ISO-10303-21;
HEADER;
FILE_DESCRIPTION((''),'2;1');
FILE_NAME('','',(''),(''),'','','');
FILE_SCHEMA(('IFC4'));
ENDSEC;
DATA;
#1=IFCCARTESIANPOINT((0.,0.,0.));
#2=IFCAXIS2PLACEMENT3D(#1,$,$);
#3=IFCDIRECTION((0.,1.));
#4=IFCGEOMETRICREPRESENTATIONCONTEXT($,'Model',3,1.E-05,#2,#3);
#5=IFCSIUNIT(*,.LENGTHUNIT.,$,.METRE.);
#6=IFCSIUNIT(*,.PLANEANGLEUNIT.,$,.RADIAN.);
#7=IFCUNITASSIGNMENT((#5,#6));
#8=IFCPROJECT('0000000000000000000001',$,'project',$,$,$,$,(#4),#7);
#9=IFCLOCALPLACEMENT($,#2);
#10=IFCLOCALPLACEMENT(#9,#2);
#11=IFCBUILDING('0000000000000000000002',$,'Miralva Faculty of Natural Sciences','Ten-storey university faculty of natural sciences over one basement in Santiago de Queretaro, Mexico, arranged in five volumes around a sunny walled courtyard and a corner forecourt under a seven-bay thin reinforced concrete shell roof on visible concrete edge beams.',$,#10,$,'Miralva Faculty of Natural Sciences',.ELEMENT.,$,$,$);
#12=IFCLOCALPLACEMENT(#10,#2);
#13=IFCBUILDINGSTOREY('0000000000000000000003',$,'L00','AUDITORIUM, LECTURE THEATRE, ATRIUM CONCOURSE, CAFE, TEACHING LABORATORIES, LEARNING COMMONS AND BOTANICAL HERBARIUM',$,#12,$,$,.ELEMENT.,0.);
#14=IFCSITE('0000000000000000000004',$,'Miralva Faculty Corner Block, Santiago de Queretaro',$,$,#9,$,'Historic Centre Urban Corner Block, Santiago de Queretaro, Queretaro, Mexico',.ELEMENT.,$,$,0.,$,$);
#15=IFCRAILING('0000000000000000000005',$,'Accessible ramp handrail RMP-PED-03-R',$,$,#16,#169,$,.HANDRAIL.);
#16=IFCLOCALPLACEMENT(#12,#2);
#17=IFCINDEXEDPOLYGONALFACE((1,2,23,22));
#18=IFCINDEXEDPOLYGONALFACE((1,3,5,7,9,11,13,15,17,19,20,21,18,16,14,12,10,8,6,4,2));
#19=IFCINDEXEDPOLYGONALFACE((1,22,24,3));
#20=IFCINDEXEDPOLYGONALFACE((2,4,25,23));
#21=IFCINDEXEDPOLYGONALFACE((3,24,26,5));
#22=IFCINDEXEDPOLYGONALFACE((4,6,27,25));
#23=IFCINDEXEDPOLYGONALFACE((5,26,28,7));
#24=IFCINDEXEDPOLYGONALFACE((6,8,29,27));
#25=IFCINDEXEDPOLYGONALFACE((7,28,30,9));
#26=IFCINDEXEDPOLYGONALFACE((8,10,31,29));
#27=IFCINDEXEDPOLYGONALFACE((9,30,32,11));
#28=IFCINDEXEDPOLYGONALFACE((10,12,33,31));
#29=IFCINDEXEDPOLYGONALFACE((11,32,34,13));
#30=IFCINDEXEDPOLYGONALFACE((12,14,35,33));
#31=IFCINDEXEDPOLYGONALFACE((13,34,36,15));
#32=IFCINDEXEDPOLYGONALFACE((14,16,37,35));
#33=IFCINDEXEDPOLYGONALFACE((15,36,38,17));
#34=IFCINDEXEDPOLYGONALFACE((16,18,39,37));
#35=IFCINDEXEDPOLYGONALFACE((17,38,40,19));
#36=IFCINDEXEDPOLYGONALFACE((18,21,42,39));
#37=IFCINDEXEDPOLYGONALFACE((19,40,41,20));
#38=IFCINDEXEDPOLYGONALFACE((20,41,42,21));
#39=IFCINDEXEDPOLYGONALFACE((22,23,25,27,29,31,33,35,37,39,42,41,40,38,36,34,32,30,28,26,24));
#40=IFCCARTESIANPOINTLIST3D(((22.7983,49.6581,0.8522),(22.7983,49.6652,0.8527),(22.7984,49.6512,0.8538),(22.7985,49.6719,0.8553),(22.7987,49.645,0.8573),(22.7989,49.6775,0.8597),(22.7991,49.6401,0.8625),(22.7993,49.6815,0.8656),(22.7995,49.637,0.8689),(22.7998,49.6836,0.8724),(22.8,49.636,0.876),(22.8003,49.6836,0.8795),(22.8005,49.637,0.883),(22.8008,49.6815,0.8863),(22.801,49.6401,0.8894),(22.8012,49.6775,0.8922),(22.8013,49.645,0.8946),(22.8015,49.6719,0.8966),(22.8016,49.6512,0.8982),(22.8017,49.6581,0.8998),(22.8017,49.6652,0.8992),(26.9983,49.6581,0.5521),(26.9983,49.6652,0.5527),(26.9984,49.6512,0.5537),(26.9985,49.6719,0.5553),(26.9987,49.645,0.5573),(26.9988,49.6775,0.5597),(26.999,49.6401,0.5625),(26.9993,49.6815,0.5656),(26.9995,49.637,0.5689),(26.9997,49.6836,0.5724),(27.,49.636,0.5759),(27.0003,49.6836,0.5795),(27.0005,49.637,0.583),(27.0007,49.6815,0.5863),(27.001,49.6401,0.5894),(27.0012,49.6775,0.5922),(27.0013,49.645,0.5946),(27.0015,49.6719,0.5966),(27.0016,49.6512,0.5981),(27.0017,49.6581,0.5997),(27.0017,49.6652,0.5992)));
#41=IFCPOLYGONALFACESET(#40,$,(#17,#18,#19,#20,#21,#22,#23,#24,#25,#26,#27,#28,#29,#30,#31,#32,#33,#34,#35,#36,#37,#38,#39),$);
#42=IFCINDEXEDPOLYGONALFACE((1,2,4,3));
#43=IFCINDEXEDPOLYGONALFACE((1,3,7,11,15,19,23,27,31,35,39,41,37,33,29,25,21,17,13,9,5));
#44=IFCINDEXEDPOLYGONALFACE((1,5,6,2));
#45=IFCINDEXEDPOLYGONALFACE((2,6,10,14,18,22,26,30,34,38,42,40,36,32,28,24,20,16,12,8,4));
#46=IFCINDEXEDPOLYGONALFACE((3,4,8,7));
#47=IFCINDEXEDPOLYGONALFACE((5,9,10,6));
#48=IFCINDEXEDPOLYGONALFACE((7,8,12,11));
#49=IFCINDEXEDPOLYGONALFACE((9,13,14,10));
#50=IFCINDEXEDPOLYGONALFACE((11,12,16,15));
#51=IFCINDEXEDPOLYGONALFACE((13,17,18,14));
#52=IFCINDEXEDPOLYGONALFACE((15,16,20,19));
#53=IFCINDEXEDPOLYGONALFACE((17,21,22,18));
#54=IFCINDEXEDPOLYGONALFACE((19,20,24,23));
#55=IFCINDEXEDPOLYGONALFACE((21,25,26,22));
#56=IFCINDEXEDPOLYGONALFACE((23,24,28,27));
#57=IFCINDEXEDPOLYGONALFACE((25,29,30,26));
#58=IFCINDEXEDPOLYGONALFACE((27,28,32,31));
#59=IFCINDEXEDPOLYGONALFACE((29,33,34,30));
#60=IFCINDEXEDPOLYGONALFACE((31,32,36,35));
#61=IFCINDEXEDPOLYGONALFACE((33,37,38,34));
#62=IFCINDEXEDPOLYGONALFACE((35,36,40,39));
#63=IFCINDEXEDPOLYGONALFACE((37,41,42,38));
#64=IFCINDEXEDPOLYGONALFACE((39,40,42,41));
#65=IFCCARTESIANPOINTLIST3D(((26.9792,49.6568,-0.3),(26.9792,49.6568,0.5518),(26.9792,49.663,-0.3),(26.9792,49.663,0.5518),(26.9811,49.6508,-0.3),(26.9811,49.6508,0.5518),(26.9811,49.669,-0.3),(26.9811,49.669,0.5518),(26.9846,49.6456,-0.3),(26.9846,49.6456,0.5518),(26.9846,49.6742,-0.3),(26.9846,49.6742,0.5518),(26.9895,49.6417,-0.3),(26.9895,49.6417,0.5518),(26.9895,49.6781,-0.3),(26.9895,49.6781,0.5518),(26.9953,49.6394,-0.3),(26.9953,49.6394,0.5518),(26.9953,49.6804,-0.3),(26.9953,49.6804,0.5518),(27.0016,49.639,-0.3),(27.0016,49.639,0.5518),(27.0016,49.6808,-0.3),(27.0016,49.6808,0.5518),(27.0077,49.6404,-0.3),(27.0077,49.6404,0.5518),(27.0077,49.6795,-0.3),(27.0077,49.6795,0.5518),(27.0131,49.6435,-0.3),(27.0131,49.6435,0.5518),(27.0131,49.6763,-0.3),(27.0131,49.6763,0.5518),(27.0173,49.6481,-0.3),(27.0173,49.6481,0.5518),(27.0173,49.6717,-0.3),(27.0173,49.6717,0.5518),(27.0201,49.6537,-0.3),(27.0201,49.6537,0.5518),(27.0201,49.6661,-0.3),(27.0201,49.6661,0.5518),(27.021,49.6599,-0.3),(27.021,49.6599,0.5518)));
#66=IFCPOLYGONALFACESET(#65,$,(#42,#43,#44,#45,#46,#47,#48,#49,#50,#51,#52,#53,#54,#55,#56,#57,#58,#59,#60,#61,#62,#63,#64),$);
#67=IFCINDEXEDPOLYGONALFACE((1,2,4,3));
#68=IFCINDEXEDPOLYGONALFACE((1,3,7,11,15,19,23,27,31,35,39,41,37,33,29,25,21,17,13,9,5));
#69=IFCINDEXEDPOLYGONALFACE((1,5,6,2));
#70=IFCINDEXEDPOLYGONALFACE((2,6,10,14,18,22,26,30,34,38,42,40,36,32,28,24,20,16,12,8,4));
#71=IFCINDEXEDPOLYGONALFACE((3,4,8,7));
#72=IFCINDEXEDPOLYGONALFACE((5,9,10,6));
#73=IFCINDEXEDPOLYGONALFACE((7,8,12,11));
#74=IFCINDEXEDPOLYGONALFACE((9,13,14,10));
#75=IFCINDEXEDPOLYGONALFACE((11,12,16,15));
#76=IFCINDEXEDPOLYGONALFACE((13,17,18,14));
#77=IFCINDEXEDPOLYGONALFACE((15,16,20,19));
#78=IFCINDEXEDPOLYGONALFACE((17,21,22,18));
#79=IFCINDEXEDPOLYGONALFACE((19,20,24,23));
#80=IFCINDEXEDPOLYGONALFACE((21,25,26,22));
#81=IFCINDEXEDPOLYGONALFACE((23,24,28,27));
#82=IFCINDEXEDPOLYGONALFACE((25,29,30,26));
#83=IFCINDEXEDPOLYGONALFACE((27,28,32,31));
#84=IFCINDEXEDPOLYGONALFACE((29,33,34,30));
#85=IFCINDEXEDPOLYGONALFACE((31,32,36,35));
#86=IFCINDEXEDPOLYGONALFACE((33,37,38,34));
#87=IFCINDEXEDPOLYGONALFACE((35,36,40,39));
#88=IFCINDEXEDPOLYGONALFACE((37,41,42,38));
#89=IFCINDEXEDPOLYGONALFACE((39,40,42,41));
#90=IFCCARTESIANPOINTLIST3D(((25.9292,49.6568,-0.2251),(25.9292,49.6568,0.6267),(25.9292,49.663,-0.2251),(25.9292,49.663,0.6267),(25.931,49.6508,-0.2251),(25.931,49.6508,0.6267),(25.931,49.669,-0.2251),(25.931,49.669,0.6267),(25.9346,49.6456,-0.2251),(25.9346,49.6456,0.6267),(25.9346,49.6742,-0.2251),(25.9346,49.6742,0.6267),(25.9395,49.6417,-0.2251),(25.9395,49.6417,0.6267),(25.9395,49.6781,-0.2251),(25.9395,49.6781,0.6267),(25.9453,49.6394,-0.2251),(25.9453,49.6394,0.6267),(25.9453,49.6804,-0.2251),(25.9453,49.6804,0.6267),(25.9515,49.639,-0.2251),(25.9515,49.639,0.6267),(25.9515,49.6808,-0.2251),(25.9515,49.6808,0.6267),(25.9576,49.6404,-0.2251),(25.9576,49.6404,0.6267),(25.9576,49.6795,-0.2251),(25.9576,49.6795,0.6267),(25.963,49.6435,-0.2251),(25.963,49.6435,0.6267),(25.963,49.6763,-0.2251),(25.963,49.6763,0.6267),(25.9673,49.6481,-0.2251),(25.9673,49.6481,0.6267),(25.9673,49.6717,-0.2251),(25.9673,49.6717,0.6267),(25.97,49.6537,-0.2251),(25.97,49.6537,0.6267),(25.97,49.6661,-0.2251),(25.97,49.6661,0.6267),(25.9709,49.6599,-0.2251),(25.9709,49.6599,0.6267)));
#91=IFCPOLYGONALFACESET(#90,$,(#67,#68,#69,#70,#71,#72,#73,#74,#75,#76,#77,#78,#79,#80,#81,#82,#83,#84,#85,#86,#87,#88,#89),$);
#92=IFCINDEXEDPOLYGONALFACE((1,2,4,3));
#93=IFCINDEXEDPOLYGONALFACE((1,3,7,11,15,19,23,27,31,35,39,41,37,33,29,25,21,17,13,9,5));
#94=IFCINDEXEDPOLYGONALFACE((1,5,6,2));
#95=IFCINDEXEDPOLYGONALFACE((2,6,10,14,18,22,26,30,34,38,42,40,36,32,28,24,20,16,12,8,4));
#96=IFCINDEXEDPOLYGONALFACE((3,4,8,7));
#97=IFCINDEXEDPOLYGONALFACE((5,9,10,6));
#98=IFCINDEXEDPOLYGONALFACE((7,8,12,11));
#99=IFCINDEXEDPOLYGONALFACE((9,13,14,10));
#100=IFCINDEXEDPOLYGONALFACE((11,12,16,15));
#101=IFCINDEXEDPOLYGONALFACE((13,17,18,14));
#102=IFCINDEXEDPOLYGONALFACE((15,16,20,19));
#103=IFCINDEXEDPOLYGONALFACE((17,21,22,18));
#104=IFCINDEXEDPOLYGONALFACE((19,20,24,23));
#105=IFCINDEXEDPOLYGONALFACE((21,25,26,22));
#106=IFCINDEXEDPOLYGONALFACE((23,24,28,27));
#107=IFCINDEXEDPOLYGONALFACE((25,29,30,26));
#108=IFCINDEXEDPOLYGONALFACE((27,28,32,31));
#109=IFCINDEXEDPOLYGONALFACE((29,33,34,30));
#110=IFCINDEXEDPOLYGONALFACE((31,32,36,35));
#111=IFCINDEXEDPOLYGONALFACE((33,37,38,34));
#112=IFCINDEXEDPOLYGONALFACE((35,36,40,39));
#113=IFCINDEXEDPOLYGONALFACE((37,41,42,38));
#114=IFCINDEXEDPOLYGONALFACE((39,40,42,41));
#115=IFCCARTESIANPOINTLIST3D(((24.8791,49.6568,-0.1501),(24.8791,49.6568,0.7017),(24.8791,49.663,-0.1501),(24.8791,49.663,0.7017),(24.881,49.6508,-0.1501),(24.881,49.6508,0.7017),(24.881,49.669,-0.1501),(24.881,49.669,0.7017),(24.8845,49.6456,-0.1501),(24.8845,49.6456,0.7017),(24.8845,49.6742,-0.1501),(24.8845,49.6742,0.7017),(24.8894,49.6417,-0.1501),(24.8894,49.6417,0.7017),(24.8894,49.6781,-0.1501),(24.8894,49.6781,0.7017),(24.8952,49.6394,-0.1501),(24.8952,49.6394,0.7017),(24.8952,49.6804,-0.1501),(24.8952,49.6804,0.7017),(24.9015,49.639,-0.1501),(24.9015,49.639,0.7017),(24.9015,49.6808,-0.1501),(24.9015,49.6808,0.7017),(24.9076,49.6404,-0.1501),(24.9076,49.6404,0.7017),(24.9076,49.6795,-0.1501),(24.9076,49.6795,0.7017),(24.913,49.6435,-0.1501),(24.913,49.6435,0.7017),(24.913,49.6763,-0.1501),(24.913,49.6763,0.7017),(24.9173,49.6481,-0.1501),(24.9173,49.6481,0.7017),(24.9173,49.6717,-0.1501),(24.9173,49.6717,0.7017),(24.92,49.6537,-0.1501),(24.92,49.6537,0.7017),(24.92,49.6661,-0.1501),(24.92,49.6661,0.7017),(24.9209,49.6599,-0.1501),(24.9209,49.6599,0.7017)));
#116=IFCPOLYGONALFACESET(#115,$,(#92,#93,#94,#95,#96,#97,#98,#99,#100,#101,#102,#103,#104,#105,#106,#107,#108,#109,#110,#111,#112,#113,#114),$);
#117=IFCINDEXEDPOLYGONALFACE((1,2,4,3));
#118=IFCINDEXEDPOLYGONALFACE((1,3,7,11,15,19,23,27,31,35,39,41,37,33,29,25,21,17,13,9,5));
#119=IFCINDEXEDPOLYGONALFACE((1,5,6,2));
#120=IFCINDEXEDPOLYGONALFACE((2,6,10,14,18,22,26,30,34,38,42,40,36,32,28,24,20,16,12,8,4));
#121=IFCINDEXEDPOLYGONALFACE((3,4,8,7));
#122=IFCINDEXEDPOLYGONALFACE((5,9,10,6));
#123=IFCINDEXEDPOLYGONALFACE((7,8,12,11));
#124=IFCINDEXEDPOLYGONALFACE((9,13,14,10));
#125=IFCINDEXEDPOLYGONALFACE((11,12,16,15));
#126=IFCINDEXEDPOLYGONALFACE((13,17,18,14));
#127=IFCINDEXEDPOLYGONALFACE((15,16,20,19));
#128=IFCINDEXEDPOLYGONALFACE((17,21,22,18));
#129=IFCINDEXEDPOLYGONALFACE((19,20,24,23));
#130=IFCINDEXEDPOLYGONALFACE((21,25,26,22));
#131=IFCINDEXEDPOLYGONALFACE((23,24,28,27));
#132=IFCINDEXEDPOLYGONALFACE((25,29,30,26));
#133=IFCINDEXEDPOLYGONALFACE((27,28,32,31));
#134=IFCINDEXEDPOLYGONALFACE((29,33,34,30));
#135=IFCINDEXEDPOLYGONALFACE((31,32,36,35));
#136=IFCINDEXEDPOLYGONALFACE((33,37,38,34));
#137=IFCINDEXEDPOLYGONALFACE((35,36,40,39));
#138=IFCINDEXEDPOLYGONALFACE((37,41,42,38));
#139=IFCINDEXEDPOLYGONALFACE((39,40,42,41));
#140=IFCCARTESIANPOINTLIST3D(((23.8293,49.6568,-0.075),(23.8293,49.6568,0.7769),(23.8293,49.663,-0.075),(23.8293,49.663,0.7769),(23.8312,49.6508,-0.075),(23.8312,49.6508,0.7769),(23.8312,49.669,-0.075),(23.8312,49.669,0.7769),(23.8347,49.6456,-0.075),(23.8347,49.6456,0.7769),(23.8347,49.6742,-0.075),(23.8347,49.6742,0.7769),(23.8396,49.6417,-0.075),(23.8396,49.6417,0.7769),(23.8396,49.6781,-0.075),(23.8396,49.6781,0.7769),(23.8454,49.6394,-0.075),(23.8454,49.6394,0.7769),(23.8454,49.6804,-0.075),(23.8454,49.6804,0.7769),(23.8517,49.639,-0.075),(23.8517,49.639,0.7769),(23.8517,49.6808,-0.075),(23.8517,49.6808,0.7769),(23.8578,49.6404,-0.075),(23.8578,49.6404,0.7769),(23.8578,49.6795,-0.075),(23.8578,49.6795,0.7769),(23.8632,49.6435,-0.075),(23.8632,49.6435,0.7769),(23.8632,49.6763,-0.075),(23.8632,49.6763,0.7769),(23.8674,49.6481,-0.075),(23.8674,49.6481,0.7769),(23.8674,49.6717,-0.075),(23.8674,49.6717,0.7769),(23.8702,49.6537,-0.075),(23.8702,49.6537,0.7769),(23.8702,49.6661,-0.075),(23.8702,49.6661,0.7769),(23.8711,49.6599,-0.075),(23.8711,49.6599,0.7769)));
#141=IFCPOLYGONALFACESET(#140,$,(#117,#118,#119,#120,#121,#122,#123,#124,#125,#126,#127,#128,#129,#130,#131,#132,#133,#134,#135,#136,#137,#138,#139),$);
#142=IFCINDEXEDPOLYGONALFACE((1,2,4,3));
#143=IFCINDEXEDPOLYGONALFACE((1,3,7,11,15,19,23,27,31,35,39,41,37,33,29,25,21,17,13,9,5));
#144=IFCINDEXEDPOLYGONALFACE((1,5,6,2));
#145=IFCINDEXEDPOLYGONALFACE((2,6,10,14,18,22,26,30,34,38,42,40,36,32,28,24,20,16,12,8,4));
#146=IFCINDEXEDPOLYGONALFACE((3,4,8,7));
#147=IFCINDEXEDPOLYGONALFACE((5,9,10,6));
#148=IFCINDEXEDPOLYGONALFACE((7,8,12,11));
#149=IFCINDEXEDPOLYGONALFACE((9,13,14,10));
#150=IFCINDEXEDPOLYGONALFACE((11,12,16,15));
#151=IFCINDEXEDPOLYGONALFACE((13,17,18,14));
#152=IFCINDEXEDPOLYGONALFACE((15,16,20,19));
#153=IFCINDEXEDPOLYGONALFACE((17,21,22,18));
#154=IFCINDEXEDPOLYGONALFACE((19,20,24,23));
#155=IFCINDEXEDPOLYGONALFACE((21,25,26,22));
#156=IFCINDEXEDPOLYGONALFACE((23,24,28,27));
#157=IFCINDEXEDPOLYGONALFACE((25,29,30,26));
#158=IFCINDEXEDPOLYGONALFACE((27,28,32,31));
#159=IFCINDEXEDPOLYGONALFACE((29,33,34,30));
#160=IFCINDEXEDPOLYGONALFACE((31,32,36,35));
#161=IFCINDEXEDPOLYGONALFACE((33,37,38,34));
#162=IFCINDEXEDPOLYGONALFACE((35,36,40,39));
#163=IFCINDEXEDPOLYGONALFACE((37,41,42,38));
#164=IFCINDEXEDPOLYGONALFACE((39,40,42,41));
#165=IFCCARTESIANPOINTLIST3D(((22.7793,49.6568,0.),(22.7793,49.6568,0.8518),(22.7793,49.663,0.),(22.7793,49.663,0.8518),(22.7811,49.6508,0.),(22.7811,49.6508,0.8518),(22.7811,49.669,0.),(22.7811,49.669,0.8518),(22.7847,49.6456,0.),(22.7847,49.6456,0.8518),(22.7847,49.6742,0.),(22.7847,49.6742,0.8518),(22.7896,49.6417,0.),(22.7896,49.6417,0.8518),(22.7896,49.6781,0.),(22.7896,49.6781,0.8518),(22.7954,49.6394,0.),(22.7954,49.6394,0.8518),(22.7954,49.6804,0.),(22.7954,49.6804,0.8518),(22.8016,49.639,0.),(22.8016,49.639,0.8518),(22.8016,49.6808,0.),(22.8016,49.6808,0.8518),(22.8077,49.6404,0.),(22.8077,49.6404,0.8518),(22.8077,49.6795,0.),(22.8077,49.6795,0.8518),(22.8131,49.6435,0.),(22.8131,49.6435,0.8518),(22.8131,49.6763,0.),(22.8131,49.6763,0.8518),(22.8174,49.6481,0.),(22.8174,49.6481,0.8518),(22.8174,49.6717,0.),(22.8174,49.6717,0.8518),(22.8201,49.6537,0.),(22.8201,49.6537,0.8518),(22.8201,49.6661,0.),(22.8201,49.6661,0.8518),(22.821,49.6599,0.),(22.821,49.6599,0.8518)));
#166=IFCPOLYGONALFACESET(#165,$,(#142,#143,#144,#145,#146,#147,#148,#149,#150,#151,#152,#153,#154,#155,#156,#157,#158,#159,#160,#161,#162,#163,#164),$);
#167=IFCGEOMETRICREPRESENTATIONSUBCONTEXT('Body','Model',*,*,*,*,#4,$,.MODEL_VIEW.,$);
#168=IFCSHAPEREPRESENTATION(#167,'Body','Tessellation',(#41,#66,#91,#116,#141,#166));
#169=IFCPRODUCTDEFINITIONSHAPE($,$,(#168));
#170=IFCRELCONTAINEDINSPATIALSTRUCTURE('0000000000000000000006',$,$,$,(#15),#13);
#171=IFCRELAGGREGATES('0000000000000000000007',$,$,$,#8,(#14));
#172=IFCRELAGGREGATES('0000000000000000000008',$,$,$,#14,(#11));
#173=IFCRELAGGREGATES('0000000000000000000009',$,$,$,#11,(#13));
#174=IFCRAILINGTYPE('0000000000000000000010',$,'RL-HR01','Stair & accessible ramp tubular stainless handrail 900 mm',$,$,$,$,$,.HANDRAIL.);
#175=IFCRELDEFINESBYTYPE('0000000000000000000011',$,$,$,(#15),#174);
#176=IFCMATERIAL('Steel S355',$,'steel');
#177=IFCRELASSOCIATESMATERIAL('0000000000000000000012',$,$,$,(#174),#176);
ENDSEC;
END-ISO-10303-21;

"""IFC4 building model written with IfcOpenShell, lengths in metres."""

from ifc_helpers import new_model, si_unit, direction, frame, origin, origin_2d, place, context, subcontext, project, spatial, circle, extrude, material, type_object, element, save


model = new_model("IFC4")

# Units and contexts
model_context = context("Model", 3, precision=1e-05, world=origin(), true_north=direction((0.0, 1.0)))
body_context = subcontext(model_context, "Body", "Model", "MODEL_VIEW")
ifc_project = project(units=[si_unit("LENGTHUNIT", "METRE"), si_unit("PLANEANGLEUNIT", "RADIAN")], contexts=[model_context])

# Site, building, storey
site_placement = place(None, origin())
site = spatial("IfcSite", under=ifc_project, at=site_placement, Name="Miralva Faculty Corner Block, Santiago de Queretaro", LongName="Historic Centre Urban Corner Block, Santiago de Queretaro, Queretaro, Mexico", CompositionType="ELEMENT", RefElevation=0.0)
building_placement = place(site_placement, origin())
building = spatial("IfcBuilding", under=site, at=building_placement, Name="Miralva Faculty of Natural Sciences", Description="Ten-storey university faculty of natural sciences over one basement in Santiago de Queretaro, Mexico, arranged in five volumes around a sunny walled courtyard and a corner forecourt under a seven-bay thin reinforced concrete shell roof on visible concrete edge beams.", LongName="Miralva Faculty of Natural Sciences", CompositionType="ELEMENT")
storey_placement = place(building_placement, origin())
storey = spatial("IfcBuildingStorey", under=building, at=storey_placement, Name="L00", Description="AUDITORIUM, LECTURE THEATRE, ATRIUM CONCOURSE, CAFE, TEACHING LABORATORIES, LEARNING COMMONS AND BOTANICAL HERBARIUM", CompositionType="ELEMENT", Elevation=0.0)

# Railing
ifc_material_1 = material(Name="Steel S355", Category="steel")
railing_type = type_object("IfcRailingType", Name="RL-HR01", Description="Stair & accessible ramp tubular stainless handrail 900 mm", PredefinedType="HANDRAIL", material=ifc_material_1)
for number, where, name in (
    (1, (27.0, 49.6599, -0.3), "Accessible ramp handrail RMP-PED-03-R"),
):
    element("IfcRailing", number, at=place(storey_placement, frame(where)), inside=storey, type_object=railing_type, Name=name, PredefinedType="HANDRAIL", context=body_context, shape_type="SweptSolid", body=[
        extrude(circle(Radius=0.0239, at=origin_2d()), frame((0.0, 0.0, 0.876), z_axis=(-0.997458, 0.0, 0.071259), x_axis=(0.0, -1.0, 0.0)), (0.0, 0.0, 1.0), 4.2107),
        extrude(circle(Radius=0.021, at=origin_2d()), origin(), (0.0, 0.0, 1.0), 0.8518),
        extrude(circle(Radius=0.021, at=origin_2d()), frame((-1.05, 0.0, 0.075)), (0.0, 0.0, 1.0), 0.8518),
        extrude(circle(Radius=0.021, at=origin_2d()), frame((-2.1001, 0.0, 0.1499)), (0.0, 0.0, 1.0), 0.8518),
        extrude(circle(Radius=0.021, at=origin_2d()), frame((-3.1499, 0.0, 0.2251)), (0.0, 0.0, 1.0), 0.8518),
        extrude(circle(Radius=0.021, at=origin_2d()), frame((-4.2, 0.0, 0.3)), (0.0, 0.0, 1.0), 0.8518),
    ])

save(model, "model.ifc")
